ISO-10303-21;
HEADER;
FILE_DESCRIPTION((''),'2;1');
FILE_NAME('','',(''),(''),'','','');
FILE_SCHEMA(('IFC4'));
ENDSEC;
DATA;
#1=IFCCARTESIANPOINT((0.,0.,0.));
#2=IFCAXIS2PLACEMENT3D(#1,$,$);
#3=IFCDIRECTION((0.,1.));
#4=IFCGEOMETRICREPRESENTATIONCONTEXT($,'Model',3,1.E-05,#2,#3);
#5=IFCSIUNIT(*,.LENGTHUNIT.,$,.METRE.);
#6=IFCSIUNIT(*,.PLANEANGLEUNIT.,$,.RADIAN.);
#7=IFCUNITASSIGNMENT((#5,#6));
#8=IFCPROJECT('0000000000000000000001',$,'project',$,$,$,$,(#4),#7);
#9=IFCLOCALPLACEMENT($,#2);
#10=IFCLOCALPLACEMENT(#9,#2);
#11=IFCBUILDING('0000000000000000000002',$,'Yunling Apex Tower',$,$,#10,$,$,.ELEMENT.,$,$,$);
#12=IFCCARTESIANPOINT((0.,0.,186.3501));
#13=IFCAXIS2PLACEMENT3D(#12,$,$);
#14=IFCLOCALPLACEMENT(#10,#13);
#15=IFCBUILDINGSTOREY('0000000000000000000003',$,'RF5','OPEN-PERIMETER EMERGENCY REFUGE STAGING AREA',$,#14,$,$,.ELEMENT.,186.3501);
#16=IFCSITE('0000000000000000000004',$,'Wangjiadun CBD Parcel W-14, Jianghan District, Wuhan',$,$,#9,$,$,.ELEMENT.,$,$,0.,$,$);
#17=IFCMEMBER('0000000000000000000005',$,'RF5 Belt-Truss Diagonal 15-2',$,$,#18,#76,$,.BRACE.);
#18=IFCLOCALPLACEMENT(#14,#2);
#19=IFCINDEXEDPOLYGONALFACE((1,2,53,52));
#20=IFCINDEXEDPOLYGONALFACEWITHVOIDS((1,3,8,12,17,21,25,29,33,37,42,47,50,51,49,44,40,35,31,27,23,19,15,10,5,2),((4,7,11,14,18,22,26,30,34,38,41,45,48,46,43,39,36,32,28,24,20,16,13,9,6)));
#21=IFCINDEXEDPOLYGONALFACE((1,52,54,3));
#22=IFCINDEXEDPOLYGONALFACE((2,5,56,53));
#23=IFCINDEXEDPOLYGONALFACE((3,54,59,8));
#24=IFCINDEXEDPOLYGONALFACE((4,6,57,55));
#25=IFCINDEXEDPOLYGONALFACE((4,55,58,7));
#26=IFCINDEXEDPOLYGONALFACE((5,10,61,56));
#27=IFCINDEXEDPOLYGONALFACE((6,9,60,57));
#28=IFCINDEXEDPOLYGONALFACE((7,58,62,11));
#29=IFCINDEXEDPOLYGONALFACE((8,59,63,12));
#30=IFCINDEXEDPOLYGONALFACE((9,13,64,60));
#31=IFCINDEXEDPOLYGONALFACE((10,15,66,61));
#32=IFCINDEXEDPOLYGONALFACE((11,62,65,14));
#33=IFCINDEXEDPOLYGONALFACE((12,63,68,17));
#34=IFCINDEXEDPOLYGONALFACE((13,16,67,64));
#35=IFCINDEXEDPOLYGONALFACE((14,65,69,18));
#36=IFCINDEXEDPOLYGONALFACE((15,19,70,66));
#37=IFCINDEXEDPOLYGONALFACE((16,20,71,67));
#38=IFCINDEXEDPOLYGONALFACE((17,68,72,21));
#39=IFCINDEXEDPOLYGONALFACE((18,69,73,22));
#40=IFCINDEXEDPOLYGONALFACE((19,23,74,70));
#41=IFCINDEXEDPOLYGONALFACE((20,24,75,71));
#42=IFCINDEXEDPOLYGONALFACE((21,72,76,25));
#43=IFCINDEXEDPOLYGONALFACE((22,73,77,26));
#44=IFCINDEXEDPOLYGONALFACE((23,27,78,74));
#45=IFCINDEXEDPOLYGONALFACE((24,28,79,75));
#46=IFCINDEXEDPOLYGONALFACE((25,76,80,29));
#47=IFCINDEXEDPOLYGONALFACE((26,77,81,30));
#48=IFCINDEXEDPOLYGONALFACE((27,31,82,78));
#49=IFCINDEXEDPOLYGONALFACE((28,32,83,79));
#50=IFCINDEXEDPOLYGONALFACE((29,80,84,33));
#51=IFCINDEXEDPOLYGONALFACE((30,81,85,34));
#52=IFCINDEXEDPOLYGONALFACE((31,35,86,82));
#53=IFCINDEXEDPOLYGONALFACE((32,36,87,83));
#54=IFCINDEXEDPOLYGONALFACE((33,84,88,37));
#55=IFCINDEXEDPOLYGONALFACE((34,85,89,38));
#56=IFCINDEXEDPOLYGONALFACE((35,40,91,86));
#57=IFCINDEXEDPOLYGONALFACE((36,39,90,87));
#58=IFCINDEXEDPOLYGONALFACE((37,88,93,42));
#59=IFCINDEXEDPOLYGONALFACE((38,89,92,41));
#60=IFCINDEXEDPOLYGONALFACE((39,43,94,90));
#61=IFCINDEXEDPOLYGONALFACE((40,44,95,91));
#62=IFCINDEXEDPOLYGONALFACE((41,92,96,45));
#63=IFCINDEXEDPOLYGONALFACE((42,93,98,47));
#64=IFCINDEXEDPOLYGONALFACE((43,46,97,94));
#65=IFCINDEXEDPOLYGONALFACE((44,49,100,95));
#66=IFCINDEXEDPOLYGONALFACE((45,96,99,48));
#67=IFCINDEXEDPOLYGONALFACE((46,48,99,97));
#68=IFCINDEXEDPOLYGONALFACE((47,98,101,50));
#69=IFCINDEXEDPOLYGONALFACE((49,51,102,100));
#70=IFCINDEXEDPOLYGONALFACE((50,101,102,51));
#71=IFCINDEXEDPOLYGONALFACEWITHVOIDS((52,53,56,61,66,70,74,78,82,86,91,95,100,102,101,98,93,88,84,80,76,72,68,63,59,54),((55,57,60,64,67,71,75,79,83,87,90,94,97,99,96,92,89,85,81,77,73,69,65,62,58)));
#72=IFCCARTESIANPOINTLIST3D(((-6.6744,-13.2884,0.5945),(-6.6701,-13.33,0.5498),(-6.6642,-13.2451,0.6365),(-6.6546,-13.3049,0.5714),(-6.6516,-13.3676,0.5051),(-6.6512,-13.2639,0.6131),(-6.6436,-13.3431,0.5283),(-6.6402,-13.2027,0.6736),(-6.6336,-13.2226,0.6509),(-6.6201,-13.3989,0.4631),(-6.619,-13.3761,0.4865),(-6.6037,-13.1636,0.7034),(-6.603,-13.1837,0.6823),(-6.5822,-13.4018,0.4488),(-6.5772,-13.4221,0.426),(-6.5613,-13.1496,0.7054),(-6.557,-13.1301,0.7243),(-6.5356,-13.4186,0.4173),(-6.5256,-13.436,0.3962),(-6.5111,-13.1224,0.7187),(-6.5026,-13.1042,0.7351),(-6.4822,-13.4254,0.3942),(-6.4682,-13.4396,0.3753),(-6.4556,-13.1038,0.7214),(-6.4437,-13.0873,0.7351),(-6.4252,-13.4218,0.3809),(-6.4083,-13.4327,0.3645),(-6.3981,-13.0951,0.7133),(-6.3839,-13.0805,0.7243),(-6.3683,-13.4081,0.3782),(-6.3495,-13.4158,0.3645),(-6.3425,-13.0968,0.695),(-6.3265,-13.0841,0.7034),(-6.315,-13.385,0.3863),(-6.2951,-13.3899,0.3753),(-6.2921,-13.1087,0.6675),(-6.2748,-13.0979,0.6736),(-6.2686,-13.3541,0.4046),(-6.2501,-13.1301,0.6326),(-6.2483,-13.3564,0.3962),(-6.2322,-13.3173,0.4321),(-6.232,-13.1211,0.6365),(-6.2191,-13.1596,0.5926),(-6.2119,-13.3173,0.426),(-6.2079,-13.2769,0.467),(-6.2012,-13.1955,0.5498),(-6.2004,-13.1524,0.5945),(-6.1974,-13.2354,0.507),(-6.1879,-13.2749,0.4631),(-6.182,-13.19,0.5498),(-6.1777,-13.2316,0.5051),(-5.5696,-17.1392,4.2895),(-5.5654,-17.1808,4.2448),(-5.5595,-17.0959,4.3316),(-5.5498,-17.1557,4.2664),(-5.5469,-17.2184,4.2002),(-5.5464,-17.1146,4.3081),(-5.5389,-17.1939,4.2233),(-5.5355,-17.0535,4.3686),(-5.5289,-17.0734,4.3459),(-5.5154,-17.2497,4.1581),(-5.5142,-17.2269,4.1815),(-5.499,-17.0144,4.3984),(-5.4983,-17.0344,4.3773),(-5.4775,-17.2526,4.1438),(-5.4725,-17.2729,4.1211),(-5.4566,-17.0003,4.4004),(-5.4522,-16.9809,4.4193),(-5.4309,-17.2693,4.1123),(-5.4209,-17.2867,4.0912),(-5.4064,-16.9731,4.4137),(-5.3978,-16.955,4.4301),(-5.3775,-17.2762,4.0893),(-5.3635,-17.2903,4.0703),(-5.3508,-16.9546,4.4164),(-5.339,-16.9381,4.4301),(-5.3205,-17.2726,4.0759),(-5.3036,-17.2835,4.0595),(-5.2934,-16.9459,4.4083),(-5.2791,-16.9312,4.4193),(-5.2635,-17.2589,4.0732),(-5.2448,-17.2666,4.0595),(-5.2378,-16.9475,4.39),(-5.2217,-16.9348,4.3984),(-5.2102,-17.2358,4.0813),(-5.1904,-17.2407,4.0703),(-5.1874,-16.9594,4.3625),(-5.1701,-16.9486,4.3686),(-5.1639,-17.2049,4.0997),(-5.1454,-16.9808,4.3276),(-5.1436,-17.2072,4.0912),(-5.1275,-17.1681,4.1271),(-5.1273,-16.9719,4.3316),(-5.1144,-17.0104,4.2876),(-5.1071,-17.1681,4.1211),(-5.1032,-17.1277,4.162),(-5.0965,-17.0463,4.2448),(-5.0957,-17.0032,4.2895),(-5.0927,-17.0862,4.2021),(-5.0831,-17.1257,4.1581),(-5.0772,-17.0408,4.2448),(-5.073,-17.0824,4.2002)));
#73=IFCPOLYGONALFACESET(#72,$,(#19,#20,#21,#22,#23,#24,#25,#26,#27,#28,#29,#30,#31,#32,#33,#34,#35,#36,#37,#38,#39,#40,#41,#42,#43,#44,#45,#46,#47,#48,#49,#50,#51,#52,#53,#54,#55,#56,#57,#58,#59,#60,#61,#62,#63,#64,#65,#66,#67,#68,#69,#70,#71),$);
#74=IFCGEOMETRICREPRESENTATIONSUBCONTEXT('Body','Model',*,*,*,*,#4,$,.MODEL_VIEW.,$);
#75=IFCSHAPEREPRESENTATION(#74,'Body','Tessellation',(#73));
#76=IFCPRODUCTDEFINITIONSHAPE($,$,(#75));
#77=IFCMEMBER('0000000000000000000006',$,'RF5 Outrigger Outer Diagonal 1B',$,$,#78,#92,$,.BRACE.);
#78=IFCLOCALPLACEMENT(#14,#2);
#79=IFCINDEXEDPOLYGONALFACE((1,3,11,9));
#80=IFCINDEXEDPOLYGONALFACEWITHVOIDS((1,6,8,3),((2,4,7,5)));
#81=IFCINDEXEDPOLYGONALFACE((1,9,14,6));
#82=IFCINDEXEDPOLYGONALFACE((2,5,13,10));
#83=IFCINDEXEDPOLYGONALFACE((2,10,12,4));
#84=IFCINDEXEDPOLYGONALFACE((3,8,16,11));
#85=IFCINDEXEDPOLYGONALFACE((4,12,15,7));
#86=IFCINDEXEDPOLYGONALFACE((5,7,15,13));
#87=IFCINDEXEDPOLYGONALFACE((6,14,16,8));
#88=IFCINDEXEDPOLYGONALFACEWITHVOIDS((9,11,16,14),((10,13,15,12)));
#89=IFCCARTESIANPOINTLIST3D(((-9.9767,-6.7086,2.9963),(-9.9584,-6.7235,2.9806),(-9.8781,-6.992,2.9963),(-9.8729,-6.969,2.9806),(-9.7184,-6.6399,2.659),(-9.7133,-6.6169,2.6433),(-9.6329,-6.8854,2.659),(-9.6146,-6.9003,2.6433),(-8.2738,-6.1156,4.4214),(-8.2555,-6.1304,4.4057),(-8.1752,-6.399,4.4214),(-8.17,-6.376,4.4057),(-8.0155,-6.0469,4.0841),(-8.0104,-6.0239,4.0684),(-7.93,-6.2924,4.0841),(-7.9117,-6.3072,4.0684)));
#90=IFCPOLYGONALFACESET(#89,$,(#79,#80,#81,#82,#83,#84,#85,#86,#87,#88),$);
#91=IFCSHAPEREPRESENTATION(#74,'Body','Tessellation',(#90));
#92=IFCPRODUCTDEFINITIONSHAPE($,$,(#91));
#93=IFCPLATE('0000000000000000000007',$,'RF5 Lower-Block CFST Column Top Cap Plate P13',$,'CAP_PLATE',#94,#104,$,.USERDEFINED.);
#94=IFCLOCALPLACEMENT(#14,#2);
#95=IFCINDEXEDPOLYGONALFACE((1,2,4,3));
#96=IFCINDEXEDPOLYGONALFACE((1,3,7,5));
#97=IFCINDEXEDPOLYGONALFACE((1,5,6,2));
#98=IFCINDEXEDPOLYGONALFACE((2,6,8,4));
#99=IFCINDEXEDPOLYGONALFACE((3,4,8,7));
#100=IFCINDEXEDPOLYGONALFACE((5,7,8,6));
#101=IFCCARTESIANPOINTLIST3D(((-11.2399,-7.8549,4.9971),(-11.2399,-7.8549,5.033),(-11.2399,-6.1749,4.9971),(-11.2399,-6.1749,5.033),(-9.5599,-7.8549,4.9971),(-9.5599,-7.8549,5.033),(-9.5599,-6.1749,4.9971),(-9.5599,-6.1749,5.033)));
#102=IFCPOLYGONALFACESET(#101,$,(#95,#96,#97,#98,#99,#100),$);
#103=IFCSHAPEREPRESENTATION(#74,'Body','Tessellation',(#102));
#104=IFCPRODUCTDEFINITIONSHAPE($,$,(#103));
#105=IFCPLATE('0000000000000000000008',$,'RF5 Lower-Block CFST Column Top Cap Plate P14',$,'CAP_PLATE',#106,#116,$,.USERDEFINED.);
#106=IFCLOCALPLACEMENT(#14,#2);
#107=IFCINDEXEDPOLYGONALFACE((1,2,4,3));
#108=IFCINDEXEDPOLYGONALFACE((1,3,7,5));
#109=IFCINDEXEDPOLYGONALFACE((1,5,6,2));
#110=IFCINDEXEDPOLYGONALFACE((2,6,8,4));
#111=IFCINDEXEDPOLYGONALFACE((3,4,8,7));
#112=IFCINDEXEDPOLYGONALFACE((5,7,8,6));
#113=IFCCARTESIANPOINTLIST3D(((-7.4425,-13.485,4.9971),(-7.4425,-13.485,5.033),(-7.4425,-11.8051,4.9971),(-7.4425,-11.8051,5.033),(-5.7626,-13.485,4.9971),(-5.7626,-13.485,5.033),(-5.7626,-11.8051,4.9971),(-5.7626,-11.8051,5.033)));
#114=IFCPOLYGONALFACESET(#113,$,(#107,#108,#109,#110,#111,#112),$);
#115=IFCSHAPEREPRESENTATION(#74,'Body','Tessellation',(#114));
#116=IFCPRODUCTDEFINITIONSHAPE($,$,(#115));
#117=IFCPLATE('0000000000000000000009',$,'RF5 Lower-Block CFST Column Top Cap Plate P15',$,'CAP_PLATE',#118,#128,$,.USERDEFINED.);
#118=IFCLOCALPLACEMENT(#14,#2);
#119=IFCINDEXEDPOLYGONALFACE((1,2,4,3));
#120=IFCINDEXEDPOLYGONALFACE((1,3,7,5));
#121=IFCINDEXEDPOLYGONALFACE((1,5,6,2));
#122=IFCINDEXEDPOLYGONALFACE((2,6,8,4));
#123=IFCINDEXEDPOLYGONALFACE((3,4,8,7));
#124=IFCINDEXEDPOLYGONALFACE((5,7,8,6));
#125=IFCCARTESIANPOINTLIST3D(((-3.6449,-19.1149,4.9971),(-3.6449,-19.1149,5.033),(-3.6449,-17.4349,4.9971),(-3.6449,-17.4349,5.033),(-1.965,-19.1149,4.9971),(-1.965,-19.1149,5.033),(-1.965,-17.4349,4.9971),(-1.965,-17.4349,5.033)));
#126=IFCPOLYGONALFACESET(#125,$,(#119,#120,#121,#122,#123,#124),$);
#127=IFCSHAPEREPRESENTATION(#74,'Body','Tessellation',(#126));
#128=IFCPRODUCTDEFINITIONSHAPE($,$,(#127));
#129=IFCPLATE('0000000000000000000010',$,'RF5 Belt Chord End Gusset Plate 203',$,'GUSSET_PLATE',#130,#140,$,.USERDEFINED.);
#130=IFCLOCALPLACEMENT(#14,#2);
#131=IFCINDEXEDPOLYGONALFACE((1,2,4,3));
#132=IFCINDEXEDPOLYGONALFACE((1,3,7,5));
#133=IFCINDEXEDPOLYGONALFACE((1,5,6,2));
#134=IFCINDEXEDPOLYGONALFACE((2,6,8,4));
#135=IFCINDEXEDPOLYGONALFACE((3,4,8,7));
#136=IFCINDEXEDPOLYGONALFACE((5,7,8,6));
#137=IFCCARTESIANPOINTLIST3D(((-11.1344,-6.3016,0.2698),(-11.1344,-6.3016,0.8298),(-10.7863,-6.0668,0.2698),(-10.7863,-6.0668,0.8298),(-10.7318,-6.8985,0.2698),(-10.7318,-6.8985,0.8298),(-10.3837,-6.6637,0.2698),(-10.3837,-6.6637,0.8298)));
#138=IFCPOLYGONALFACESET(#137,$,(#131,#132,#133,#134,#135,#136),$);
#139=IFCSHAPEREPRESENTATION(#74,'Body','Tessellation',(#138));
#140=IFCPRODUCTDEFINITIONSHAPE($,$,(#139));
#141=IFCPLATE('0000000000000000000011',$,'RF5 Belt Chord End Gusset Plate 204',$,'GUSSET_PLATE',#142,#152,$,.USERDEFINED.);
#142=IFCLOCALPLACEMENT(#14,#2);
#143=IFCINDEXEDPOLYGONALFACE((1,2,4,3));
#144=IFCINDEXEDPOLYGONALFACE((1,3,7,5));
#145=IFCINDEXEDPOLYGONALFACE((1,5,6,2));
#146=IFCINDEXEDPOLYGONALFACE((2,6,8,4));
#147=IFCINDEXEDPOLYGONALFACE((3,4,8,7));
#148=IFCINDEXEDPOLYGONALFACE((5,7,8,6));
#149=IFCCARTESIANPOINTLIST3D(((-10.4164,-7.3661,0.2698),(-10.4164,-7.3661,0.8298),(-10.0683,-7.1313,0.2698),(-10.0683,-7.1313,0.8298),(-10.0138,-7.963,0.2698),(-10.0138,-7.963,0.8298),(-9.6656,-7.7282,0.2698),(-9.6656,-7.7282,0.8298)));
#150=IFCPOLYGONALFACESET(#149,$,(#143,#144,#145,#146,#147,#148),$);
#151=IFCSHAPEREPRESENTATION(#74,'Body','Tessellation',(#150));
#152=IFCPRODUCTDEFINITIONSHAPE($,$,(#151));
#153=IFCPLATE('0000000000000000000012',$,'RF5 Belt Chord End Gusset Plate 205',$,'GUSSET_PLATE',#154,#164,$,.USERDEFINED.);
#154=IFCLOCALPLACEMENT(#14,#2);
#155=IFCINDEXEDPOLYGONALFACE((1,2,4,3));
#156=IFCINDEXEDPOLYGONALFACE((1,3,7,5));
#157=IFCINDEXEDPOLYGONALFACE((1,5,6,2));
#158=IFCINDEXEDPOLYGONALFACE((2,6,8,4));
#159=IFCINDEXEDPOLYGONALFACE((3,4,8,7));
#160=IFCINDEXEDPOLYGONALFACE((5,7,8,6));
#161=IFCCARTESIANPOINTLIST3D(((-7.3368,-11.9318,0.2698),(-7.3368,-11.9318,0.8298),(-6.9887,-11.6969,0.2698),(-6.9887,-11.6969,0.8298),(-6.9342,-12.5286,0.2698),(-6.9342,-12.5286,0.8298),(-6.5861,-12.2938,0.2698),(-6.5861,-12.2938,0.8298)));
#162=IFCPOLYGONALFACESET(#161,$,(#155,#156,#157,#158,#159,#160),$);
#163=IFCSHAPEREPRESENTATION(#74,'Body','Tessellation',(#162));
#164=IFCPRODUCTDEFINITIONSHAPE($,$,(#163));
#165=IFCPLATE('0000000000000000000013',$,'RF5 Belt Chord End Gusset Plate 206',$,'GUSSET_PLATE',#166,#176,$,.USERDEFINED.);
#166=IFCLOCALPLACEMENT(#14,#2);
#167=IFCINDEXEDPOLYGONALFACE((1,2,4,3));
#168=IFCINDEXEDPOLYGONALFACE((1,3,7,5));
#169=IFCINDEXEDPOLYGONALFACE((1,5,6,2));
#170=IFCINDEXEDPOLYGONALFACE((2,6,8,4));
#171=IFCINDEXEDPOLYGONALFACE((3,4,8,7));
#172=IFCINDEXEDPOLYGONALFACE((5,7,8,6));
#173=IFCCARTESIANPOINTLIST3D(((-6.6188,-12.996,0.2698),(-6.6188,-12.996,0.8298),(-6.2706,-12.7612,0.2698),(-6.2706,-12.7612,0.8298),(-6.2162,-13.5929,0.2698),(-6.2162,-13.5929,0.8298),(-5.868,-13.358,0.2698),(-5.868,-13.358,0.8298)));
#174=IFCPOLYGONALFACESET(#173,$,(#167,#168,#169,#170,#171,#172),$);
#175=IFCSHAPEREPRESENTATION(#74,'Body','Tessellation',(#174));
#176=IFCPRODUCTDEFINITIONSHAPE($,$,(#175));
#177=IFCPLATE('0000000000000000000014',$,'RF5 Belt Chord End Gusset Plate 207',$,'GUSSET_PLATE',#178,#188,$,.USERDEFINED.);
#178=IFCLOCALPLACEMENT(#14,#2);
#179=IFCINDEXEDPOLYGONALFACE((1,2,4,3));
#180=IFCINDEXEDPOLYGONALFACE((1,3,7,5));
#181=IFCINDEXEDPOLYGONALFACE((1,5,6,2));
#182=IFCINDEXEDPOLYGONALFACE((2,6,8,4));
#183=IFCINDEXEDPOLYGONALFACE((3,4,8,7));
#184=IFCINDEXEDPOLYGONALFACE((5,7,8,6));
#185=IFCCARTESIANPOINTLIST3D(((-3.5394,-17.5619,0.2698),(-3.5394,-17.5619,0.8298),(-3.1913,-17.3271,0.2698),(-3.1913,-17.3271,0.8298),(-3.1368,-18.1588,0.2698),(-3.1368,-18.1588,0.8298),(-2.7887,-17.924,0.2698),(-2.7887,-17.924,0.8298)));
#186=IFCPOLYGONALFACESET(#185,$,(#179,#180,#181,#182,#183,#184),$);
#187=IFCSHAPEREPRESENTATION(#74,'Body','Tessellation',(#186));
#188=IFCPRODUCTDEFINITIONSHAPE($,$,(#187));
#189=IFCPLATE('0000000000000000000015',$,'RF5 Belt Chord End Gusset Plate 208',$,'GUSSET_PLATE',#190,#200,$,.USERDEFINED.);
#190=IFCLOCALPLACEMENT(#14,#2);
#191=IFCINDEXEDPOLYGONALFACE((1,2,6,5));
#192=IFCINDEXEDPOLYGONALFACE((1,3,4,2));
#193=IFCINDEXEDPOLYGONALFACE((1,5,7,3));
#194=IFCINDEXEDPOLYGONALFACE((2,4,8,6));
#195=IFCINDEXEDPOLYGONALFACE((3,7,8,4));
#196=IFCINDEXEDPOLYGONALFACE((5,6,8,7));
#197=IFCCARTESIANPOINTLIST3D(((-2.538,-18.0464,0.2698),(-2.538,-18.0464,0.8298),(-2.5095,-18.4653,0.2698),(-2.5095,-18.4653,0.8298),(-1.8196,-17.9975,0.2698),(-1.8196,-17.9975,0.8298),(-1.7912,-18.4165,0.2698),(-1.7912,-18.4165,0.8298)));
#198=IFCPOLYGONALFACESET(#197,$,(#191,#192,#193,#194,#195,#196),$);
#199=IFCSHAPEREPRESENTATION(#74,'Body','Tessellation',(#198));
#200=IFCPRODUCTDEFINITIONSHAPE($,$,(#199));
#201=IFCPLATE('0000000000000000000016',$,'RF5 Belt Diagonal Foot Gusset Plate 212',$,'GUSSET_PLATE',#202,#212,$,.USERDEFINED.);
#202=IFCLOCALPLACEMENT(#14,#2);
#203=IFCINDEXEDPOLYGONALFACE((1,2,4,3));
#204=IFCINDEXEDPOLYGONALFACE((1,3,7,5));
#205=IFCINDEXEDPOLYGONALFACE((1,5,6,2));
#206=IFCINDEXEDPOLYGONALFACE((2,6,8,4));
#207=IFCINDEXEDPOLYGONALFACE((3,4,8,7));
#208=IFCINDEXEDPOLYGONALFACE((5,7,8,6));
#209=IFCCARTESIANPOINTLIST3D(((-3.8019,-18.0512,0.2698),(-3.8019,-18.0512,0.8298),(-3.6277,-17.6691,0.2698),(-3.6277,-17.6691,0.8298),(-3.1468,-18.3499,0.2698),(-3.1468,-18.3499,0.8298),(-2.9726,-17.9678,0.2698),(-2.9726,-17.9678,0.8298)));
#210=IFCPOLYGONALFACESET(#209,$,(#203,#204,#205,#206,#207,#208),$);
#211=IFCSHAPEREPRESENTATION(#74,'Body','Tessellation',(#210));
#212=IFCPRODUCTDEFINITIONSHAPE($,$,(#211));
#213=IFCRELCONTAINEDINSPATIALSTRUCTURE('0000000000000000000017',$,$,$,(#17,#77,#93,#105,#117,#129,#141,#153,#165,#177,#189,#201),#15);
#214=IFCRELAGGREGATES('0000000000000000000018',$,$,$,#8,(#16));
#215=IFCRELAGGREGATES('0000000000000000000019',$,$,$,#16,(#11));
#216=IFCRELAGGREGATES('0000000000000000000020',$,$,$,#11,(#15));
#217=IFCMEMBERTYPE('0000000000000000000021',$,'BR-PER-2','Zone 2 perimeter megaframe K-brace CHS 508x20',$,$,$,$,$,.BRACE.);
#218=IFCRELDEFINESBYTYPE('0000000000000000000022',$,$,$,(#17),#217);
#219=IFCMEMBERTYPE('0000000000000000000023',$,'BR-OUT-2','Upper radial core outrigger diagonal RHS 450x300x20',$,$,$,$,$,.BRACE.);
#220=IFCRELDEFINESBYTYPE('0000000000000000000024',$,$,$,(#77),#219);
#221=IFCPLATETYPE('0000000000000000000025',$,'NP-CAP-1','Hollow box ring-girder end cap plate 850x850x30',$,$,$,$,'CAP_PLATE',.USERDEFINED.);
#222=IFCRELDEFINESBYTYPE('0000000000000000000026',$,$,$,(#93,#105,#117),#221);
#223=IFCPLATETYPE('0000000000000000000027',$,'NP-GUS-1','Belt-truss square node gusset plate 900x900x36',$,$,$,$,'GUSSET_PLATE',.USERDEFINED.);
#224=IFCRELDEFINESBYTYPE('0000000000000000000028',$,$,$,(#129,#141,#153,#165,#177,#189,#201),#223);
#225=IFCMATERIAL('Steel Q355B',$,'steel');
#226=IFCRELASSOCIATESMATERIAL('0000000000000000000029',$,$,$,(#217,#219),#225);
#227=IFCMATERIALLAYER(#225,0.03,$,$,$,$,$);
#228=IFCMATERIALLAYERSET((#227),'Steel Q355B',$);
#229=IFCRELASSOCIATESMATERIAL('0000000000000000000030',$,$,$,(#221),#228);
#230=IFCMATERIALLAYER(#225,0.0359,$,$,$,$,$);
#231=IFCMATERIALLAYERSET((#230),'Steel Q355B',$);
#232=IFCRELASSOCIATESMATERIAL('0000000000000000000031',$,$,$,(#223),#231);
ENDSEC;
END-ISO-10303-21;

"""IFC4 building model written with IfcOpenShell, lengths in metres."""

from ifc_helpers import new_model, si_unit, direction, frame, origin, origin_2d, place, context, subcontext, project, spatial, rectangle, hollow_rectangle, hollow_circle, extrude, source, transform, mapped, material, layer, layer_set, material_profile, profile_set, type_object, element, save


model = new_model("IFC4")

# Units and contexts
model_context = context("Model", 3, precision=1e-05, world=origin(), true_north=direction((0.0, 1.0)))
body_context = subcontext(model_context, "Body", "Model", "MODEL_VIEW")
ifc_project = project(units=[si_unit("LENGTHUNIT", "METRE"), si_unit("PLANEANGLEUNIT", "RADIAN")], contexts=[model_context])

# Site, building, storey
site_placement = place(None, origin())
site = spatial("IfcSite", under=ifc_project, at=site_placement, Name="Wangjiadun CBD Parcel W-14, Jianghan District, Wuhan", CompositionType="ELEMENT", RefElevation=0.0)
building_placement = place(site_placement, origin())
building = spatial("IfcBuilding", under=site, at=building_placement, Name="Yunling Apex Tower", CompositionType="ELEMENT")
storey_placement = place(building_placement, frame((0.0, 0.0, 186.3501)))
storey = spatial("IfcBuildingStorey", under=building, at=storey_placement, Name="RF5", Description="OPEN-PERIMETER EMERGENCY REFUGE STAGING AREA", CompositionType="ELEMENT", Elevation=186.3501)

# Shared definitions
ifc_material_1 = material(Name="Steel Q355B", Category="steel")

# Members
ifc_material_profile_1 = material_profile(ifc_material_1, hollow_circle(Radius=0.2539, WallThickness=0.02, at=origin_2d()))
ifc_profile_set_1 = profile_set([ifc_material_profile_1], Name="Steel Q355B")
member_type_1 = type_object("IfcMemberType", Name="BR-PER-2", Description="Zone 2 perimeter megaframe K-brace CHS 508x20", PredefinedType="BRACE", material=ifc_profile_set_1)
shared_shape_1 = source(origin(), body_context, "Body", "SweptSolid", [
    extrude(hollow_circle(Radius=0.2539, WallThickness=0.02, at=origin_2d()), origin(), (0.0, 0.0, 1.0), 5.45),
])
member_1_placement = place(storey_placement, frame((-6.426, -13.26, 0.5498), z_axis=(0.202703, -0.70657, 0.67799), x_axis=(0.961227, 0.275759, 0.0)))
element("IfcMember", 1, at=member_1_placement, inside=storey, type_object=member_type_1, Name="RF5 Belt-Truss Diagonal 15-2", PredefinedType="BRACE", context=body_context, shape_type="MappedRepresentation", body=[
    mapped(shared_shape_1, transform((0.0, 0.0, 0.0), scale=1.0)),
])
ifc_material_profile_2 = material_profile(ifc_material_1, hollow_rectangle(XDim=0.3, YDim=0.45, WallThickness=0.02, at=origin_2d()))
ifc_profile_set_2 = profile_set([ifc_material_profile_2], Name="Steel Q355B")
member_type_2 = type_object("IfcMemberType", Name="BR-OUT-2", Description="Upper radial core outrigger diagonal RHS 450x300x20", PredefinedType="BRACE", material=ifc_profile_set_2)
shared_shape_2 = source(origin(), body_context, "Body", "SweptSolid", [
    extrude(hollow_rectangle(XDim=0.3, YDim=0.45, WallThickness=0.02, at=origin_2d()), origin(), (0.0, 0.0, 1.0), 2.2983),
])
member_2_placement = place(storey_placement, frame((-8.0928, -6.2114, 4.2449), z_axis=(-0.740927, -0.258023, -0.620042), x_axis=(0.328872, -0.944374, 0.0)))
element("IfcMember", 2, at=member_2_placement, inside=storey, type_object=member_type_2, Name="RF5 Outrigger Outer Diagonal 1B", PredefinedType="BRACE", context=body_context, shape_type="MappedRepresentation", body=[
    mapped(shared_shape_2, transform((0.0, 0.0, 0.0), scale=1.0)),
])

# Plates
ifc_layer_1 = layer(ifc_material_1, 0.03)
ifc_layer_set_1 = layer_set([ifc_layer_1], Name="Steel Q355B")
plate_type_1 = type_object("IfcPlateType", Name="NP-CAP-1", Description="Hollow box ring-girder end cap plate 850x850x30", ElementType="CAP_PLATE", PredefinedType="USERDEFINED", material=ifc_layer_set_1)
shared_shape_3 = source(origin(), body_context, "Body", "SweptSolid", [
    extrude(rectangle(XDim=1.6799, YDim=1.6799, at=origin_2d()), origin(), (0.0, 0.0, 1.0), 0.0359),
])
for number, where, z_axis, x_axis, name in (
    (3, (-10.3999, -7.0149, 4.9971), (0.0, 0.0, 1.0), (1.0, 0.0, 0.0), "RF5 Lower-Block CFST Column Top Cap Plate P13"),
    (4, (-6.6025, -12.645, 4.9971), (0.0, 0.0, 1.0), (1.0, 0.0, 0.0), "RF5 Lower-Block CFST Column Top Cap Plate P14"),
    (5, (-2.8049, -18.2749, 4.9971), (0.0, 0.0, 1.0), (1.0, 0.0, 0.0), "RF5 Lower-Block CFST Column Top Cap Plate P15"),
):
    element("IfcPlate", number, at=place(storey_placement, frame(where, z_axis=z_axis, x_axis=x_axis)), inside=storey, type_object=plate_type_1, Name=name, ObjectType="CAP_PLATE", PredefinedType="USERDEFINED", context=body_context, shape_type="MappedRepresentation", body=[
        mapped(shared_shape_3, transform((0.0, 0.0, 0.0), scale=1.0)),
    ])
ifc_layer_2 = layer(ifc_material_1, 0.0359)
ifc_layer_set_2 = layer_set([ifc_layer_2], Name="Steel Q355B")
plate_type_2 = type_object("IfcPlateType", Name="NP-GUS-1", Description="Belt-truss square node gusset plate 900x900x36", ElementType="GUSSET_PLATE", PredefinedType="USERDEFINED", material=ifc_layer_set_2)
shared_shape_4 = source(origin(), body_context, "Body", "SweptSolid", [
    extrude(rectangle(XDim=0.72, YDim=0.4199, at=origin_2d()), origin(), (0.0, 0.0, 1.0), 0.5601),
])
for number, where, z_axis, x_axis, name in (
    (6, (-10.759, -6.4827, 0.2698), (0.0, 0.0, 1.0), (0.559193, -0.829038, 0.0), "RF5 Belt Chord End Gusset Plate 203"),
    (7, (-10.041, -7.5471, 0.2698), (0.0, 0.0, 1.0), (0.559193, -0.829038, 0.0), "RF5 Belt Chord End Gusset Plate 204"),
    (8, (-6.9614, -12.1128, 0.2698), (0.0, 0.0, 1.0), (0.559193, -0.829038, 0.0), "RF5 Belt Chord End Gusset Plate 205"),
    (9, (-6.2434, -13.177, 0.2698), (0.0, 0.0, 1.0), (0.559193, -0.829038, 0.0), "RF5 Belt Chord End Gusset Plate 206"),
    (10, (-3.1641, -17.7429, 0.2698), (0.0, 0.0, 1.0), (0.559193, -0.829038, 0.0), "RF5 Belt Chord End Gusset Plate 207"),
    (11, (-2.1646, -18.2314, 0.2698), (0.0, 0.0, 1.0), (0.997696, 0.067841, 0.0), "RF5 Belt Chord End Gusset Plate 208"),
    (12, (-3.3872, -18.0095, 0.2698), (0.0, 0.0, 1.0), (-0.909889, 0.414852, 0.0), "RF5 Belt Diagonal Foot Gusset Plate 212"),
):
    element("IfcPlate", number, at=place(storey_placement, frame(where, z_axis=z_axis, x_axis=x_axis)), inside=storey, type_object=plate_type_2, Name=name, ObjectType="GUSSET_PLATE", PredefinedType="USERDEFINED", context=body_context, shape_type="MappedRepresentation", body=[
        mapped(shared_shape_4, transform((0.0, 0.0, 0.0), scale=1.0)),
    ])

save(model, "model.ifc")
